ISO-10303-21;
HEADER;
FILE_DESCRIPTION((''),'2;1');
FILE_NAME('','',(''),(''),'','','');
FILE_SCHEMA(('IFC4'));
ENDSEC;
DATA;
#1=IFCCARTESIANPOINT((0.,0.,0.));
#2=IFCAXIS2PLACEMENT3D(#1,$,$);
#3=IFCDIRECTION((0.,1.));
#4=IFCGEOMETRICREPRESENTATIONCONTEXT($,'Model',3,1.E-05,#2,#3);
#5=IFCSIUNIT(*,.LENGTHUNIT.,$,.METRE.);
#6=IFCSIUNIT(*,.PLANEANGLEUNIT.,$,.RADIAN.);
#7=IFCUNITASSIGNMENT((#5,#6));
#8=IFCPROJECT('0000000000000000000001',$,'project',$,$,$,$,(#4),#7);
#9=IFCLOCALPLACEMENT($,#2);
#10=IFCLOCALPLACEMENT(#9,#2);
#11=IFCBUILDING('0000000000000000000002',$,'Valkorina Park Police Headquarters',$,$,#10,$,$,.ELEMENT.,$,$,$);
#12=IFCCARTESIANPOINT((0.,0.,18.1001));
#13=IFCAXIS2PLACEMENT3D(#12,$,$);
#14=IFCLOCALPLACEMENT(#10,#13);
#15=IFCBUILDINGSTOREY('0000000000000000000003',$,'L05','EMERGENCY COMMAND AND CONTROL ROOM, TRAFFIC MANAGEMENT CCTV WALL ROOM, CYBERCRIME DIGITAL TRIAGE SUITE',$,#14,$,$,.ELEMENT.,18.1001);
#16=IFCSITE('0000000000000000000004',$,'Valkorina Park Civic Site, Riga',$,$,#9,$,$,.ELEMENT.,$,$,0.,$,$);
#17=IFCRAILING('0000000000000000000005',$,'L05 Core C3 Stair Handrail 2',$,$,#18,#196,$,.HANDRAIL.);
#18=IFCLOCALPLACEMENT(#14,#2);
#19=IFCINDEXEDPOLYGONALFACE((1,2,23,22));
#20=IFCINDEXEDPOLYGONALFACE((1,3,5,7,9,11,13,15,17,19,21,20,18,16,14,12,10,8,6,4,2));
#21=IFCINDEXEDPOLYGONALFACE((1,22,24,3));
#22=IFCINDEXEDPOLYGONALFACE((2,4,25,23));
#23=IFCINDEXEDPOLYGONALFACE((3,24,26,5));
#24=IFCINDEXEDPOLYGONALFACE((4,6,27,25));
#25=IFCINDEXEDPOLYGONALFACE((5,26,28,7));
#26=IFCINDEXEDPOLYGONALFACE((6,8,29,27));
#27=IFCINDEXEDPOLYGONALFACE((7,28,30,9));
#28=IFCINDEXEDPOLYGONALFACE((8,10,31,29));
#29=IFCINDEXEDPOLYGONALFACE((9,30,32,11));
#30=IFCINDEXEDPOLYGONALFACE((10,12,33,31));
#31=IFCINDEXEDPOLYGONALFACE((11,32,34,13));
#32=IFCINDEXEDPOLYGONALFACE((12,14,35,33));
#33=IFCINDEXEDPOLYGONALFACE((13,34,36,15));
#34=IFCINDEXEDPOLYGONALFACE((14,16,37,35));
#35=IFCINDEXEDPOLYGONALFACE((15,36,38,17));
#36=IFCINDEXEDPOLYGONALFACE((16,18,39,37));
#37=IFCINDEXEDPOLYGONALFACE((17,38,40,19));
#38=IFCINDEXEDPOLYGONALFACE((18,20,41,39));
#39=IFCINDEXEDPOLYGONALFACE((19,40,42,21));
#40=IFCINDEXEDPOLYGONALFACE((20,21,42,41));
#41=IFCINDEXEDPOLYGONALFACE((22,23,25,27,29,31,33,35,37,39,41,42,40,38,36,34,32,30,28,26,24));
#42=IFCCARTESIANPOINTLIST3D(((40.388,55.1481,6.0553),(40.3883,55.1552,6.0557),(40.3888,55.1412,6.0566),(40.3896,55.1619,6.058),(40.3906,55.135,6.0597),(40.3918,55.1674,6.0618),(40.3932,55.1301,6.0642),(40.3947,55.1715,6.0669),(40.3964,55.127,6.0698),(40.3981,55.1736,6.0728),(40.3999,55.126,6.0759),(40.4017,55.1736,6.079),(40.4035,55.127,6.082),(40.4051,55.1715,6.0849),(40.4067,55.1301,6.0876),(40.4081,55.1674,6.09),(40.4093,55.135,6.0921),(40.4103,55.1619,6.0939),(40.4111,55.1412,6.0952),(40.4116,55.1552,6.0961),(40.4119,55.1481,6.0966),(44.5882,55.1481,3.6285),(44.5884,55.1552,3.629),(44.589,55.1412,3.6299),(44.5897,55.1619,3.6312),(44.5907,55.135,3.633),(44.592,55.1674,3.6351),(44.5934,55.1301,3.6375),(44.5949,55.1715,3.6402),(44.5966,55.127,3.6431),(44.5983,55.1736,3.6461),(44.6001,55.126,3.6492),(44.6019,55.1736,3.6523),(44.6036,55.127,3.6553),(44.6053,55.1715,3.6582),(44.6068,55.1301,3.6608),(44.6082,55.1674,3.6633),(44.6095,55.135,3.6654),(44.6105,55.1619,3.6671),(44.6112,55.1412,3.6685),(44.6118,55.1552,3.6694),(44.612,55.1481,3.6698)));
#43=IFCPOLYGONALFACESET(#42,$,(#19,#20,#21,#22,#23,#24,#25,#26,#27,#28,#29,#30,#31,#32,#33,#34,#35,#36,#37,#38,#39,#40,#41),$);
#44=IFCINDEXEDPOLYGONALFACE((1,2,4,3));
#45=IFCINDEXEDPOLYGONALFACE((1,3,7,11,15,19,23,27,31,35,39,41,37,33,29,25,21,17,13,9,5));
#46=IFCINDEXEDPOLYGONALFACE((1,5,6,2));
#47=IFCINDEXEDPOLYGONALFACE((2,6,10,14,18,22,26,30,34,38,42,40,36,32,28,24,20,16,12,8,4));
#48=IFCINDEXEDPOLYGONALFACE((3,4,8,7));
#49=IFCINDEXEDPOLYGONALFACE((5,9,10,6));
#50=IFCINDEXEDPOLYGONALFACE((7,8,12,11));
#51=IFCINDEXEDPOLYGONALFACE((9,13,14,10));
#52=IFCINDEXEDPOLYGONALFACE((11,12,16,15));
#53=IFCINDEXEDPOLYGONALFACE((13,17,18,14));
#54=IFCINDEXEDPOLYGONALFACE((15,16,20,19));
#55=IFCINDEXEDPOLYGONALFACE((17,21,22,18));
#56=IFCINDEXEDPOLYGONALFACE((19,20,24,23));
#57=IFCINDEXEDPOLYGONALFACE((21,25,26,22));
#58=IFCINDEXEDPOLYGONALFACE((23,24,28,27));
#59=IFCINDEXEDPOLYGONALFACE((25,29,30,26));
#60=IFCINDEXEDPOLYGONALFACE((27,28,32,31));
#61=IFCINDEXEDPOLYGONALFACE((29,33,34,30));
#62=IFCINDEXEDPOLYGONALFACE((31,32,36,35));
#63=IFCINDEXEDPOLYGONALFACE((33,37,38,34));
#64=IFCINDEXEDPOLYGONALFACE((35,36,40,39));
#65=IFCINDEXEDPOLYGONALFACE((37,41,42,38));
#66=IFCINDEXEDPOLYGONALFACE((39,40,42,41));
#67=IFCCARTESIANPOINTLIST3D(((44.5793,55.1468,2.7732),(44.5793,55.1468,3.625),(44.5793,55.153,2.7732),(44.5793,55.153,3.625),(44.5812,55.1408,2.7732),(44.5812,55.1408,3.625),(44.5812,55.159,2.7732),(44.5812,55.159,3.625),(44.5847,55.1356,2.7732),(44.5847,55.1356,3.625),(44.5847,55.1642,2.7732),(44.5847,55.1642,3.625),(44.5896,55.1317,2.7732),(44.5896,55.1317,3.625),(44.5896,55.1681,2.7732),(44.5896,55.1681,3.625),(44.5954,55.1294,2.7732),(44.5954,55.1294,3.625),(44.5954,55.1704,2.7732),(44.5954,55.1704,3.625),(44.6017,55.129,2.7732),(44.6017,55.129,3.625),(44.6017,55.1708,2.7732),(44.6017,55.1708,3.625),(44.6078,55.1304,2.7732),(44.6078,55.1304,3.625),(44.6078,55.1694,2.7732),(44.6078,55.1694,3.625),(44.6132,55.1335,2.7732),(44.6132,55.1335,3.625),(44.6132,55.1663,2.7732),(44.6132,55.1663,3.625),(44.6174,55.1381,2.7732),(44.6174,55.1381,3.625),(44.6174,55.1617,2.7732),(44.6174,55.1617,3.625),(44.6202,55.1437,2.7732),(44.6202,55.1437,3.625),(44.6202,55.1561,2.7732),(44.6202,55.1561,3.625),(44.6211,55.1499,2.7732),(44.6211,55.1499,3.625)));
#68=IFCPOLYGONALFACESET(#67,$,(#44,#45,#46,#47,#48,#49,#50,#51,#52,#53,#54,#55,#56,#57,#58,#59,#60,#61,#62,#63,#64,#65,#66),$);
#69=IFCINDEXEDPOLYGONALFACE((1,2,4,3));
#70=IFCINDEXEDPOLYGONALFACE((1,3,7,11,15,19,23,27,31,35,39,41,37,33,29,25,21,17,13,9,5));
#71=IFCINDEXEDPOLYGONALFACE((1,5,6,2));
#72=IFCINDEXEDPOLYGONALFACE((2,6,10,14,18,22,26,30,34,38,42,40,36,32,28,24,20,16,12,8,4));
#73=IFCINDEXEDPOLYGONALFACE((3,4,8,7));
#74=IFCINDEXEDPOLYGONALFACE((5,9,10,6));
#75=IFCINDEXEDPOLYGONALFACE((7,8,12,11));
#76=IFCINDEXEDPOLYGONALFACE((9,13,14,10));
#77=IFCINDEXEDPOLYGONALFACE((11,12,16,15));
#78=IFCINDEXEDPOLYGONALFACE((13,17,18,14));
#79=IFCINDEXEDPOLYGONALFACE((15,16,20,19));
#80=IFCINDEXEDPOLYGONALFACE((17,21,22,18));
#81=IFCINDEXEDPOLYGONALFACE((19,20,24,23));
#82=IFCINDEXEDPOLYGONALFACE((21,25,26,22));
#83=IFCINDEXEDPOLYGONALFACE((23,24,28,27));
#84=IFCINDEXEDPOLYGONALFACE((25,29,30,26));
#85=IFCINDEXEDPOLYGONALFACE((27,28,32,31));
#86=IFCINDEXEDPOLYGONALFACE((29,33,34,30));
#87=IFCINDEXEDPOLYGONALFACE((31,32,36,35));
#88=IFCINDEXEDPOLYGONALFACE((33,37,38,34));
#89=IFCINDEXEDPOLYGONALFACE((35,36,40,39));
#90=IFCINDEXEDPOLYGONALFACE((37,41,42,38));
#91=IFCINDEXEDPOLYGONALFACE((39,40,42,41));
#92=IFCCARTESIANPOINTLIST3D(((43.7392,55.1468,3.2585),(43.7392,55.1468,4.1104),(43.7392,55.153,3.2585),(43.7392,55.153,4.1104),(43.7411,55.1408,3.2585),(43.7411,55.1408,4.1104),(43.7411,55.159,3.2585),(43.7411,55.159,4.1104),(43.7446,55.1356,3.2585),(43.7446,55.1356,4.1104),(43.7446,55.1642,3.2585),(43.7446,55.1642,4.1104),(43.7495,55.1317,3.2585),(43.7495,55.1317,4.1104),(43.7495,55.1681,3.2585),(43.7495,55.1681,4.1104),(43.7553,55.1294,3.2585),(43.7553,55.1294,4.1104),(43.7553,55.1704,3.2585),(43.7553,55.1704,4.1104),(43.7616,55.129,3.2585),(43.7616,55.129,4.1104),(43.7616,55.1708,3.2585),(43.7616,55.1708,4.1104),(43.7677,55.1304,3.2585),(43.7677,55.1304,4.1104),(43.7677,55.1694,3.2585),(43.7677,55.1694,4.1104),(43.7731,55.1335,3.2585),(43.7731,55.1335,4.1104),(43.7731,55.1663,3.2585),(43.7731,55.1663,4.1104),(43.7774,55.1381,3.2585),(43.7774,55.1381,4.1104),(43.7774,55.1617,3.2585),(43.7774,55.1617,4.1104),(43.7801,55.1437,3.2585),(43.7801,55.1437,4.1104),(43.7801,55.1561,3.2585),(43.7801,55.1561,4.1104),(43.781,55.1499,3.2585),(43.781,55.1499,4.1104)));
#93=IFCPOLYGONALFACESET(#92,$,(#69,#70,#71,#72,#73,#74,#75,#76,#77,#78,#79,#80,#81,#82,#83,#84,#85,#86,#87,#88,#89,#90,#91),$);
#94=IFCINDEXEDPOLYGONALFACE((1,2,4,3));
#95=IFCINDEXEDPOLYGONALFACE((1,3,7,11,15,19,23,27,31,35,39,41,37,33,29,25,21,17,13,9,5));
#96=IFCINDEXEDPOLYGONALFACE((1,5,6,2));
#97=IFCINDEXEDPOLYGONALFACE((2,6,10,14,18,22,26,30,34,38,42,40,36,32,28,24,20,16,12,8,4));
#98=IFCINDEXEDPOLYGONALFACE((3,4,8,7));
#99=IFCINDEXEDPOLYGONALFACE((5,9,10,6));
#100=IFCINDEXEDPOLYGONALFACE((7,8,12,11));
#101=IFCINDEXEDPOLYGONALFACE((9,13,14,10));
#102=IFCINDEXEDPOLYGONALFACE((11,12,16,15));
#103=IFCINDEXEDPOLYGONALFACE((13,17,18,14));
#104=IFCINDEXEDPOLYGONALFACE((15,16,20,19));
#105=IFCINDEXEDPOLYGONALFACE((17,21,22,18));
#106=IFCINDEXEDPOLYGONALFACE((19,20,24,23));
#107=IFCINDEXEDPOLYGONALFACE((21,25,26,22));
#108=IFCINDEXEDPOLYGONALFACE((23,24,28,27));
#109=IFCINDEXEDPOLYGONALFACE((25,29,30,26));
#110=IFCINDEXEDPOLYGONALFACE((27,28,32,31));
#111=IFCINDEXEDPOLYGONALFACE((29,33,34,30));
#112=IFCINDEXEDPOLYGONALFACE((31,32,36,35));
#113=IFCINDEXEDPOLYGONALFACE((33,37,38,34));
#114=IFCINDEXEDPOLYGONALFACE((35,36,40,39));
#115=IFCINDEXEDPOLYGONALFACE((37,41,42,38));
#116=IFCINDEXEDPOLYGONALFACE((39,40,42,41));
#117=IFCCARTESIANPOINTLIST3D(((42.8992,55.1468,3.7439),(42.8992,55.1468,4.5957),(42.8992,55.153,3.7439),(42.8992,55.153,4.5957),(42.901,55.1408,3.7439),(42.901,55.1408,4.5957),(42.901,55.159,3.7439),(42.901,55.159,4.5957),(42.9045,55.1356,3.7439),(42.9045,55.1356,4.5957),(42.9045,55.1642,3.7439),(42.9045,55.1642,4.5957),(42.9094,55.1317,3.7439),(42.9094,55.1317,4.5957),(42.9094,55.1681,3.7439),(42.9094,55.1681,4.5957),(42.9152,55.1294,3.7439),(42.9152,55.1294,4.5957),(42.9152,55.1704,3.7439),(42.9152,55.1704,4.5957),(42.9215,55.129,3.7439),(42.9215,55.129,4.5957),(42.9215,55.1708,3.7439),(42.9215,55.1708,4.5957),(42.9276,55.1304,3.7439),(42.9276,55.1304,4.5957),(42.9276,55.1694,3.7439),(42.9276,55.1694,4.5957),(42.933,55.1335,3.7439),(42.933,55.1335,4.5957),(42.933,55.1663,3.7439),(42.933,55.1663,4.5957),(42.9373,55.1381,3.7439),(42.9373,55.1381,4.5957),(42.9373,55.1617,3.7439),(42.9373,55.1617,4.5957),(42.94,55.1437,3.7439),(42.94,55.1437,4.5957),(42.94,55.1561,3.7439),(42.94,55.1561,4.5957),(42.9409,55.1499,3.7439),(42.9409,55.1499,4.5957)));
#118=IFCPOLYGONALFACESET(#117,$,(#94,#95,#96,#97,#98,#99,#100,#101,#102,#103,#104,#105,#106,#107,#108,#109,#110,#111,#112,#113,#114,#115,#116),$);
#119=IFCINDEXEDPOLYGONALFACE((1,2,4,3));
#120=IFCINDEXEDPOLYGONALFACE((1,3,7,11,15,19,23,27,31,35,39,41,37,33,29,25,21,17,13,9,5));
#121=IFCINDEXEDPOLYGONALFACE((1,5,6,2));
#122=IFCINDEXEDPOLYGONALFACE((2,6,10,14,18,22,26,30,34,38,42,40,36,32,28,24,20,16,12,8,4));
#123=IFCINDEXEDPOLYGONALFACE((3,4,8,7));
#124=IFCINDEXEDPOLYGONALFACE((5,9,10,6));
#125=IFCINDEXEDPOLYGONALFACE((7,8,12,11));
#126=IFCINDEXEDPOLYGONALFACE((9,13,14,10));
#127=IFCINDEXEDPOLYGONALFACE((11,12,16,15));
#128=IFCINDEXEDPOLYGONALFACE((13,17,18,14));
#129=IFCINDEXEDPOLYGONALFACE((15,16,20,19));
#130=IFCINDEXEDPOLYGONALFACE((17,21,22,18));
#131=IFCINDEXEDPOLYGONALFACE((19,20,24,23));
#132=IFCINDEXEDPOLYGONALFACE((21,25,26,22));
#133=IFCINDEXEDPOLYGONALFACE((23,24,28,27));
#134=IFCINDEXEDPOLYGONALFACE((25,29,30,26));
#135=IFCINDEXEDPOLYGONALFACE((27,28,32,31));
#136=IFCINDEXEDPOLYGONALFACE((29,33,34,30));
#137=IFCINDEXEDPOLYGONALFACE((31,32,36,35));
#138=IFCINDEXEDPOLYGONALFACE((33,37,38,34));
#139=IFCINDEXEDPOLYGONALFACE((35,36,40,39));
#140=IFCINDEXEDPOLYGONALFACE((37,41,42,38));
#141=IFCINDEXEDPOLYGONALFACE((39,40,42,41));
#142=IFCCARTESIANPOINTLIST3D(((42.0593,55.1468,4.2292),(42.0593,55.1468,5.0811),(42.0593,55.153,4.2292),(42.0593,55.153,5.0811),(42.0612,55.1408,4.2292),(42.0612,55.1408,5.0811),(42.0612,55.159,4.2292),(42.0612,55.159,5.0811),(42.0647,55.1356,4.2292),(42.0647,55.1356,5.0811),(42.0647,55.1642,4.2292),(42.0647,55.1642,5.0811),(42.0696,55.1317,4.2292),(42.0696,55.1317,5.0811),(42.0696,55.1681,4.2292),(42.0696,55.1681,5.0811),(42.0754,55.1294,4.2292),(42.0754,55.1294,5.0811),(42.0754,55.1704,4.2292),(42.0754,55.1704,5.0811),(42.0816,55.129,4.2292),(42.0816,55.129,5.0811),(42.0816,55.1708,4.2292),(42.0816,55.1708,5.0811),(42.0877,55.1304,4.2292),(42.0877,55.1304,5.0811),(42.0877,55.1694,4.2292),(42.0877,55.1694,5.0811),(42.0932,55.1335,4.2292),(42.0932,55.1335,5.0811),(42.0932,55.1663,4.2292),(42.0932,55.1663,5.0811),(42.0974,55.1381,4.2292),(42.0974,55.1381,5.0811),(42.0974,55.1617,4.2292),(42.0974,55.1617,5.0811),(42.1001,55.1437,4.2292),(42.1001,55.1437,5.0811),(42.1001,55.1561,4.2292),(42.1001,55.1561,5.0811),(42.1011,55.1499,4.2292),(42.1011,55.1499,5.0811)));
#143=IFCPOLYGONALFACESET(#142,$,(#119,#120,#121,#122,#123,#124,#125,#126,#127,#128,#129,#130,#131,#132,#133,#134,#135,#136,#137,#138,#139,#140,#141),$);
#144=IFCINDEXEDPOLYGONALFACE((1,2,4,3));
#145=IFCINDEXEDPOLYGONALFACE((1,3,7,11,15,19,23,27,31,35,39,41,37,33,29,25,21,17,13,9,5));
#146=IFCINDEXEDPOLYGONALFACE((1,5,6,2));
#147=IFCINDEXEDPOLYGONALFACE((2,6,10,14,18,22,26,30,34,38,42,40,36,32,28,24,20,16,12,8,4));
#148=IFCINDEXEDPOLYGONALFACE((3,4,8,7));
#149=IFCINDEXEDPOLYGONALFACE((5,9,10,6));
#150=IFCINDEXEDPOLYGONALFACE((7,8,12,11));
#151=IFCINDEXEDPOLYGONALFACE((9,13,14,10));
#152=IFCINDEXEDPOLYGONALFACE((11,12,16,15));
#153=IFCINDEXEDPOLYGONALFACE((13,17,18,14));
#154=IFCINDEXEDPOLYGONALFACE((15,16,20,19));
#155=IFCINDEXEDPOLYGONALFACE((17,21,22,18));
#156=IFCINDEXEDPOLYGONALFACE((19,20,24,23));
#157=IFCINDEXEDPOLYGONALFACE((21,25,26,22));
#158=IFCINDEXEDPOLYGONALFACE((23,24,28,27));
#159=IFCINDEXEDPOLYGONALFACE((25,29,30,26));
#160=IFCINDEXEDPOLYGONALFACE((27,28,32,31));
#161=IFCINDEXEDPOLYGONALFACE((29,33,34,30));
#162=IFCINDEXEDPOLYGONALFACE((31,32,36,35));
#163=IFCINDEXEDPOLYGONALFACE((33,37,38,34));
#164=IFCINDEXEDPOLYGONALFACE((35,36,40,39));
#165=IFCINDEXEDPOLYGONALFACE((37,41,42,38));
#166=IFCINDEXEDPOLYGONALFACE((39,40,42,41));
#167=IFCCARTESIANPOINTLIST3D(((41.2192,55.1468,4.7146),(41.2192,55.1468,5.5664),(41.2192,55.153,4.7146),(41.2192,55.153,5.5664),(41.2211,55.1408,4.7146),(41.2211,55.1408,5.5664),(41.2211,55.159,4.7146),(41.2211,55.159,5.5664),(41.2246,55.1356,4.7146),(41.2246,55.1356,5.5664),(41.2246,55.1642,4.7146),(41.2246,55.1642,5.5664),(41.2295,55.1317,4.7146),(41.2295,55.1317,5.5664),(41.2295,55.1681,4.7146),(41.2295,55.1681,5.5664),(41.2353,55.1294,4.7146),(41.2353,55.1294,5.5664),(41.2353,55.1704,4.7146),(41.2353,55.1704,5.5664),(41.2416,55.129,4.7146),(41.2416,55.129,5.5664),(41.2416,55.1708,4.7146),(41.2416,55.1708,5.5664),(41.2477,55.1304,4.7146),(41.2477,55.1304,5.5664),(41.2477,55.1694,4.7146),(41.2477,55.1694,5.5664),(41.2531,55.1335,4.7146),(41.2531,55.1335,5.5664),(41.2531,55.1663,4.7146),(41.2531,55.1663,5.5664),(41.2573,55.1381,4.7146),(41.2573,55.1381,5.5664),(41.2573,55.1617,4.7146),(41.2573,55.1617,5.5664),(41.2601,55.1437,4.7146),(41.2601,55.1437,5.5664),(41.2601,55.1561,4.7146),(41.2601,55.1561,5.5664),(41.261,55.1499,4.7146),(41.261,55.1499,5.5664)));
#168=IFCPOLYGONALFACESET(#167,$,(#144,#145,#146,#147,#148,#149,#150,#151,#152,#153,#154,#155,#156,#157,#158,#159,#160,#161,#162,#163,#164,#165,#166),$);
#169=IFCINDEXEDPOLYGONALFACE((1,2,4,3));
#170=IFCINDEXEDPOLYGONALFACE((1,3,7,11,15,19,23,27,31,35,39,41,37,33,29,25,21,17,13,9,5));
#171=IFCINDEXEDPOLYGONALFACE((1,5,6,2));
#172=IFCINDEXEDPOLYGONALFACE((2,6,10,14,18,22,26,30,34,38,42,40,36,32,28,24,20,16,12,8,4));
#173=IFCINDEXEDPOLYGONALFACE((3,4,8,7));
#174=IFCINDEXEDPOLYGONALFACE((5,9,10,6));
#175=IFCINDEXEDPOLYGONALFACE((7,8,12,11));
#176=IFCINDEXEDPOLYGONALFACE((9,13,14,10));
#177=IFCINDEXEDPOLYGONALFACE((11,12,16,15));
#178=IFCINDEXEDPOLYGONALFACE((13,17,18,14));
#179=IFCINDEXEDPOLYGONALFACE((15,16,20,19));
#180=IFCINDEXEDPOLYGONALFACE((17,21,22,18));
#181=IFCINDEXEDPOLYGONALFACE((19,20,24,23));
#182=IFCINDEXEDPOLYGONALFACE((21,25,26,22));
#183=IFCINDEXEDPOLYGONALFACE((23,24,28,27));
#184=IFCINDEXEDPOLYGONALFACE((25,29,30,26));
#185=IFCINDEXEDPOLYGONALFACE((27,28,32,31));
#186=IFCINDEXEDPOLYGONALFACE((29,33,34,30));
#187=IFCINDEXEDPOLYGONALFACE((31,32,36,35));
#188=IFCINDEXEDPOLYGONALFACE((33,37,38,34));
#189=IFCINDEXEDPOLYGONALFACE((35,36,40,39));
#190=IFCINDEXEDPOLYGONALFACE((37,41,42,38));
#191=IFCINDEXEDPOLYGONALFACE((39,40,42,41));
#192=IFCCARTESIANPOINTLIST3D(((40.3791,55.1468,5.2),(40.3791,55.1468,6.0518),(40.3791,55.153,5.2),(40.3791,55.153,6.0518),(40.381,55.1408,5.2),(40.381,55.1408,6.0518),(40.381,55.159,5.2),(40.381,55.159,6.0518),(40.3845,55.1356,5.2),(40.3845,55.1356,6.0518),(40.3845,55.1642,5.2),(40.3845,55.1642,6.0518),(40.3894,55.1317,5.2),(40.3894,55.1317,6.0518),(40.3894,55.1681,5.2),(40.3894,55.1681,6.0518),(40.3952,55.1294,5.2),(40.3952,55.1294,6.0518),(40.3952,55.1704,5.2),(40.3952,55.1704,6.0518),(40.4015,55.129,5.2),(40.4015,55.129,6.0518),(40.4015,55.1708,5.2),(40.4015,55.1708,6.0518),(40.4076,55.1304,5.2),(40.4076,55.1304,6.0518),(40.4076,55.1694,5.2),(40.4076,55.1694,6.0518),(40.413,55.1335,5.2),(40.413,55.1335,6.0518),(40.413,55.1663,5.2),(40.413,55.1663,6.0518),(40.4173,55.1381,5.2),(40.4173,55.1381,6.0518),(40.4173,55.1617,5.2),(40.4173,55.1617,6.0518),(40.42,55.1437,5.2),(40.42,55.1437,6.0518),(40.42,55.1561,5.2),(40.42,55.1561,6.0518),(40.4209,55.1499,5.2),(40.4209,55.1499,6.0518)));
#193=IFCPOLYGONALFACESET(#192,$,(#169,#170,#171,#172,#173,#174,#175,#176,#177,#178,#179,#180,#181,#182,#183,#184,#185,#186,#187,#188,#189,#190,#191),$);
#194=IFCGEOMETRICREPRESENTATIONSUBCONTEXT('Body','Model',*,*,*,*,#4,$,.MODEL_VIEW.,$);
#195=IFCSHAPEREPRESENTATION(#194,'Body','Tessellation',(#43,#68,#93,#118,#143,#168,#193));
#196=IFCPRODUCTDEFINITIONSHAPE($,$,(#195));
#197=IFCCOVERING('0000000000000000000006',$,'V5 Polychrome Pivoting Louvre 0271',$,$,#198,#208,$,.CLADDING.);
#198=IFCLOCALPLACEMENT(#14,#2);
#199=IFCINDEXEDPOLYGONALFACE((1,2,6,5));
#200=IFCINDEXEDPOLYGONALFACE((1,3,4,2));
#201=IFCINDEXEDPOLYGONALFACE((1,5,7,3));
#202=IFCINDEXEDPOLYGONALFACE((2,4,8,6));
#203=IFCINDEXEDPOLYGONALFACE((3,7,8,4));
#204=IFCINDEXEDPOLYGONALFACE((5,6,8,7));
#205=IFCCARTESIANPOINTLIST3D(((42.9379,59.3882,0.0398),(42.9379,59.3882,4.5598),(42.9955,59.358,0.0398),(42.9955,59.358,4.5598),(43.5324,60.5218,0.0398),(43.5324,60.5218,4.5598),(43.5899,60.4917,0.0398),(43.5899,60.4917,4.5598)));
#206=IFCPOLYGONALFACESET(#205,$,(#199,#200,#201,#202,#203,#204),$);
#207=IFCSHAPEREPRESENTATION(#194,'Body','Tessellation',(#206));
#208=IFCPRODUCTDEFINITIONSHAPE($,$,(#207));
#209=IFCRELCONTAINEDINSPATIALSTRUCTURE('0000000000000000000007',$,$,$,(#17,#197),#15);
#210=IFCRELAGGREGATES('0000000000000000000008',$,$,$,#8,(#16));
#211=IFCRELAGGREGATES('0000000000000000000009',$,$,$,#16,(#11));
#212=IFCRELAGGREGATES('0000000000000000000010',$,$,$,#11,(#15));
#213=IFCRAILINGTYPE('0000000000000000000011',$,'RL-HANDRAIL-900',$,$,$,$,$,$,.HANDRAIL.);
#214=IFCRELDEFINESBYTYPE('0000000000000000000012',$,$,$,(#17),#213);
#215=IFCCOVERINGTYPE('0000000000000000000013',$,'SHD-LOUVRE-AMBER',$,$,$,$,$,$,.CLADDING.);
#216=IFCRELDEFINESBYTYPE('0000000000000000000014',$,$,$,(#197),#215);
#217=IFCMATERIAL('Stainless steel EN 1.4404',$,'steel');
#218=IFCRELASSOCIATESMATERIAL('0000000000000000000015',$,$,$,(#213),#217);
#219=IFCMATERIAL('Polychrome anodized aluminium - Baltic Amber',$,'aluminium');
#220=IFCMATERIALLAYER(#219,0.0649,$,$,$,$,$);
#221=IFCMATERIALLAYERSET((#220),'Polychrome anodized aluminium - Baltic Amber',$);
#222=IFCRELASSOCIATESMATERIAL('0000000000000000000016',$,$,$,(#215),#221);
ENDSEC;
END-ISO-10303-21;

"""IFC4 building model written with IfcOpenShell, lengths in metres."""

from ifc_helpers import new_model, si_unit, direction, frame, origin, origin_2d, place, context, subcontext, project, spatial, rectangle, circle, extrude, material, layer, layer_set, type_object, element, save


model = new_model("IFC4")

# Units and contexts
model_context = context("Model", 3, precision=1e-05, world=origin(), true_north=direction((0.0, 1.0)))
body_context = subcontext(model_context, "Body", "Model", "MODEL_VIEW")
ifc_project = project(units=[si_unit("LENGTHUNIT", "METRE"), si_unit("PLANEANGLEUNIT", "RADIAN")], contexts=[model_context])

# Site, building, storey
site_placement = place(None, origin())
site = spatial("IfcSite", under=ifc_project, at=site_placement, Name="Valkorina Park Civic Site, Riga", CompositionType="ELEMENT", RefElevation=0.0)
building_placement = place(site_placement, origin())
building = spatial("IfcBuilding", under=site, at=building_placement, Name="Valkorina Park Police Headquarters", CompositionType="ELEMENT")
storey_placement = place(building_placement, frame((0.0, 0.0, 18.1001)))
storey = spatial("IfcBuildingStorey", under=building, at=storey_placement, Name="L05", Description="EMERGENCY COMMAND AND CONTROL ROOM, TRAFFIC MANAGEMENT CCTV WALL ROOM, CYBERCRIME DIGITAL TRIAGE SUITE", CompositionType="ELEMENT", Elevation=18.1001)

# Railing
ifc_material_1 = material(Name="Stainless steel EN 1.4404", Category="steel")
railing_type_1 = type_object("IfcRailingType", Name="RL-HANDRAIL-900", PredefinedType="HANDRAIL", material=ifc_material_1)
railing_1_placement = place(storey_placement, frame((44.6001, 55.1499, 2.7732)))
element("IfcRailing", 1, at=railing_1_placement, inside=storey, type_object=railing_type_1, Name="L05 Core C3 Stair Handrail 2", PredefinedType="HANDRAIL", context=body_context, shape_type="SweptSolid", body=[
    extrude(circle(Radius=0.0239, at=origin_2d()), frame((0.0, 0.0, 0.876), z_axis=(-0.865867, 0.0, 0.500274), x_axis=(0.0, -1.0, 0.0)), (0.0, 0.0, 1.0), 4.8508),
    extrude(circle(Radius=0.021, at=origin_2d()), origin(), (0.0, 0.0, 1.0), 0.8518),
    extrude(circle(Radius=0.021, at=origin_2d()), frame((-0.8401, 0.0, 0.4854)), (0.0, 0.0, 1.0), 0.8518),
    extrude(circle(Radius=0.021, at=origin_2d()), frame((-1.6802, 0.0, 0.9707)), (0.0, 0.0, 1.0), 0.8518),
    extrude(circle(Radius=0.021, at=origin_2d()), frame((-2.52, 0.0, 1.4561)), (0.0, 0.0, 1.0), 0.8518),
    extrude(circle(Radius=0.021, at=origin_2d()), frame((-3.3601, 0.0, 1.9414)), (0.0, 0.0, 1.0), 0.8518),
    extrude(circle(Radius=0.021, at=origin_2d()), frame((-4.2002, 0.0, 2.4268)), (0.0, 0.0, 1.0), 0.8518),
])

# Covering
ifc_material_2 = material(Name="Polychrome anodized aluminium - Baltic Amber", Category="aluminium")
ifc_layer_1 = layer(ifc_material_2, 0.0649)
ifc_layer_set_1 = layer_set([ifc_layer_1], Name="Polychrome anodized aluminium - Baltic Amber")
covering_type_1 = type_object("IfcCoveringType", Name="SHD-LOUVRE-AMBER", PredefinedType="CLADDING", material=ifc_layer_set_1)
covering_1_placement = place(storey_placement, frame((43.2639, 59.9399, 0.0398), z_axis=(0.0, 0.0, 1.0), x_axis=(0.464378, 0.885637, 0.0)))
element("IfcCovering", 2, at=covering_1_placement, inside=storey, type_object=covering_type_1, Name="V5 Polychrome Pivoting Louvre 0271", PredefinedType="CLADDING", context=body_context, shape_type="SweptSolid", body=[
    extrude(rectangle(XDim=1.28, YDim=0.0649, at=origin_2d()), origin(), (0.0, 0.0, 1.0), 4.52),
])

save(model, "model.ifc")
